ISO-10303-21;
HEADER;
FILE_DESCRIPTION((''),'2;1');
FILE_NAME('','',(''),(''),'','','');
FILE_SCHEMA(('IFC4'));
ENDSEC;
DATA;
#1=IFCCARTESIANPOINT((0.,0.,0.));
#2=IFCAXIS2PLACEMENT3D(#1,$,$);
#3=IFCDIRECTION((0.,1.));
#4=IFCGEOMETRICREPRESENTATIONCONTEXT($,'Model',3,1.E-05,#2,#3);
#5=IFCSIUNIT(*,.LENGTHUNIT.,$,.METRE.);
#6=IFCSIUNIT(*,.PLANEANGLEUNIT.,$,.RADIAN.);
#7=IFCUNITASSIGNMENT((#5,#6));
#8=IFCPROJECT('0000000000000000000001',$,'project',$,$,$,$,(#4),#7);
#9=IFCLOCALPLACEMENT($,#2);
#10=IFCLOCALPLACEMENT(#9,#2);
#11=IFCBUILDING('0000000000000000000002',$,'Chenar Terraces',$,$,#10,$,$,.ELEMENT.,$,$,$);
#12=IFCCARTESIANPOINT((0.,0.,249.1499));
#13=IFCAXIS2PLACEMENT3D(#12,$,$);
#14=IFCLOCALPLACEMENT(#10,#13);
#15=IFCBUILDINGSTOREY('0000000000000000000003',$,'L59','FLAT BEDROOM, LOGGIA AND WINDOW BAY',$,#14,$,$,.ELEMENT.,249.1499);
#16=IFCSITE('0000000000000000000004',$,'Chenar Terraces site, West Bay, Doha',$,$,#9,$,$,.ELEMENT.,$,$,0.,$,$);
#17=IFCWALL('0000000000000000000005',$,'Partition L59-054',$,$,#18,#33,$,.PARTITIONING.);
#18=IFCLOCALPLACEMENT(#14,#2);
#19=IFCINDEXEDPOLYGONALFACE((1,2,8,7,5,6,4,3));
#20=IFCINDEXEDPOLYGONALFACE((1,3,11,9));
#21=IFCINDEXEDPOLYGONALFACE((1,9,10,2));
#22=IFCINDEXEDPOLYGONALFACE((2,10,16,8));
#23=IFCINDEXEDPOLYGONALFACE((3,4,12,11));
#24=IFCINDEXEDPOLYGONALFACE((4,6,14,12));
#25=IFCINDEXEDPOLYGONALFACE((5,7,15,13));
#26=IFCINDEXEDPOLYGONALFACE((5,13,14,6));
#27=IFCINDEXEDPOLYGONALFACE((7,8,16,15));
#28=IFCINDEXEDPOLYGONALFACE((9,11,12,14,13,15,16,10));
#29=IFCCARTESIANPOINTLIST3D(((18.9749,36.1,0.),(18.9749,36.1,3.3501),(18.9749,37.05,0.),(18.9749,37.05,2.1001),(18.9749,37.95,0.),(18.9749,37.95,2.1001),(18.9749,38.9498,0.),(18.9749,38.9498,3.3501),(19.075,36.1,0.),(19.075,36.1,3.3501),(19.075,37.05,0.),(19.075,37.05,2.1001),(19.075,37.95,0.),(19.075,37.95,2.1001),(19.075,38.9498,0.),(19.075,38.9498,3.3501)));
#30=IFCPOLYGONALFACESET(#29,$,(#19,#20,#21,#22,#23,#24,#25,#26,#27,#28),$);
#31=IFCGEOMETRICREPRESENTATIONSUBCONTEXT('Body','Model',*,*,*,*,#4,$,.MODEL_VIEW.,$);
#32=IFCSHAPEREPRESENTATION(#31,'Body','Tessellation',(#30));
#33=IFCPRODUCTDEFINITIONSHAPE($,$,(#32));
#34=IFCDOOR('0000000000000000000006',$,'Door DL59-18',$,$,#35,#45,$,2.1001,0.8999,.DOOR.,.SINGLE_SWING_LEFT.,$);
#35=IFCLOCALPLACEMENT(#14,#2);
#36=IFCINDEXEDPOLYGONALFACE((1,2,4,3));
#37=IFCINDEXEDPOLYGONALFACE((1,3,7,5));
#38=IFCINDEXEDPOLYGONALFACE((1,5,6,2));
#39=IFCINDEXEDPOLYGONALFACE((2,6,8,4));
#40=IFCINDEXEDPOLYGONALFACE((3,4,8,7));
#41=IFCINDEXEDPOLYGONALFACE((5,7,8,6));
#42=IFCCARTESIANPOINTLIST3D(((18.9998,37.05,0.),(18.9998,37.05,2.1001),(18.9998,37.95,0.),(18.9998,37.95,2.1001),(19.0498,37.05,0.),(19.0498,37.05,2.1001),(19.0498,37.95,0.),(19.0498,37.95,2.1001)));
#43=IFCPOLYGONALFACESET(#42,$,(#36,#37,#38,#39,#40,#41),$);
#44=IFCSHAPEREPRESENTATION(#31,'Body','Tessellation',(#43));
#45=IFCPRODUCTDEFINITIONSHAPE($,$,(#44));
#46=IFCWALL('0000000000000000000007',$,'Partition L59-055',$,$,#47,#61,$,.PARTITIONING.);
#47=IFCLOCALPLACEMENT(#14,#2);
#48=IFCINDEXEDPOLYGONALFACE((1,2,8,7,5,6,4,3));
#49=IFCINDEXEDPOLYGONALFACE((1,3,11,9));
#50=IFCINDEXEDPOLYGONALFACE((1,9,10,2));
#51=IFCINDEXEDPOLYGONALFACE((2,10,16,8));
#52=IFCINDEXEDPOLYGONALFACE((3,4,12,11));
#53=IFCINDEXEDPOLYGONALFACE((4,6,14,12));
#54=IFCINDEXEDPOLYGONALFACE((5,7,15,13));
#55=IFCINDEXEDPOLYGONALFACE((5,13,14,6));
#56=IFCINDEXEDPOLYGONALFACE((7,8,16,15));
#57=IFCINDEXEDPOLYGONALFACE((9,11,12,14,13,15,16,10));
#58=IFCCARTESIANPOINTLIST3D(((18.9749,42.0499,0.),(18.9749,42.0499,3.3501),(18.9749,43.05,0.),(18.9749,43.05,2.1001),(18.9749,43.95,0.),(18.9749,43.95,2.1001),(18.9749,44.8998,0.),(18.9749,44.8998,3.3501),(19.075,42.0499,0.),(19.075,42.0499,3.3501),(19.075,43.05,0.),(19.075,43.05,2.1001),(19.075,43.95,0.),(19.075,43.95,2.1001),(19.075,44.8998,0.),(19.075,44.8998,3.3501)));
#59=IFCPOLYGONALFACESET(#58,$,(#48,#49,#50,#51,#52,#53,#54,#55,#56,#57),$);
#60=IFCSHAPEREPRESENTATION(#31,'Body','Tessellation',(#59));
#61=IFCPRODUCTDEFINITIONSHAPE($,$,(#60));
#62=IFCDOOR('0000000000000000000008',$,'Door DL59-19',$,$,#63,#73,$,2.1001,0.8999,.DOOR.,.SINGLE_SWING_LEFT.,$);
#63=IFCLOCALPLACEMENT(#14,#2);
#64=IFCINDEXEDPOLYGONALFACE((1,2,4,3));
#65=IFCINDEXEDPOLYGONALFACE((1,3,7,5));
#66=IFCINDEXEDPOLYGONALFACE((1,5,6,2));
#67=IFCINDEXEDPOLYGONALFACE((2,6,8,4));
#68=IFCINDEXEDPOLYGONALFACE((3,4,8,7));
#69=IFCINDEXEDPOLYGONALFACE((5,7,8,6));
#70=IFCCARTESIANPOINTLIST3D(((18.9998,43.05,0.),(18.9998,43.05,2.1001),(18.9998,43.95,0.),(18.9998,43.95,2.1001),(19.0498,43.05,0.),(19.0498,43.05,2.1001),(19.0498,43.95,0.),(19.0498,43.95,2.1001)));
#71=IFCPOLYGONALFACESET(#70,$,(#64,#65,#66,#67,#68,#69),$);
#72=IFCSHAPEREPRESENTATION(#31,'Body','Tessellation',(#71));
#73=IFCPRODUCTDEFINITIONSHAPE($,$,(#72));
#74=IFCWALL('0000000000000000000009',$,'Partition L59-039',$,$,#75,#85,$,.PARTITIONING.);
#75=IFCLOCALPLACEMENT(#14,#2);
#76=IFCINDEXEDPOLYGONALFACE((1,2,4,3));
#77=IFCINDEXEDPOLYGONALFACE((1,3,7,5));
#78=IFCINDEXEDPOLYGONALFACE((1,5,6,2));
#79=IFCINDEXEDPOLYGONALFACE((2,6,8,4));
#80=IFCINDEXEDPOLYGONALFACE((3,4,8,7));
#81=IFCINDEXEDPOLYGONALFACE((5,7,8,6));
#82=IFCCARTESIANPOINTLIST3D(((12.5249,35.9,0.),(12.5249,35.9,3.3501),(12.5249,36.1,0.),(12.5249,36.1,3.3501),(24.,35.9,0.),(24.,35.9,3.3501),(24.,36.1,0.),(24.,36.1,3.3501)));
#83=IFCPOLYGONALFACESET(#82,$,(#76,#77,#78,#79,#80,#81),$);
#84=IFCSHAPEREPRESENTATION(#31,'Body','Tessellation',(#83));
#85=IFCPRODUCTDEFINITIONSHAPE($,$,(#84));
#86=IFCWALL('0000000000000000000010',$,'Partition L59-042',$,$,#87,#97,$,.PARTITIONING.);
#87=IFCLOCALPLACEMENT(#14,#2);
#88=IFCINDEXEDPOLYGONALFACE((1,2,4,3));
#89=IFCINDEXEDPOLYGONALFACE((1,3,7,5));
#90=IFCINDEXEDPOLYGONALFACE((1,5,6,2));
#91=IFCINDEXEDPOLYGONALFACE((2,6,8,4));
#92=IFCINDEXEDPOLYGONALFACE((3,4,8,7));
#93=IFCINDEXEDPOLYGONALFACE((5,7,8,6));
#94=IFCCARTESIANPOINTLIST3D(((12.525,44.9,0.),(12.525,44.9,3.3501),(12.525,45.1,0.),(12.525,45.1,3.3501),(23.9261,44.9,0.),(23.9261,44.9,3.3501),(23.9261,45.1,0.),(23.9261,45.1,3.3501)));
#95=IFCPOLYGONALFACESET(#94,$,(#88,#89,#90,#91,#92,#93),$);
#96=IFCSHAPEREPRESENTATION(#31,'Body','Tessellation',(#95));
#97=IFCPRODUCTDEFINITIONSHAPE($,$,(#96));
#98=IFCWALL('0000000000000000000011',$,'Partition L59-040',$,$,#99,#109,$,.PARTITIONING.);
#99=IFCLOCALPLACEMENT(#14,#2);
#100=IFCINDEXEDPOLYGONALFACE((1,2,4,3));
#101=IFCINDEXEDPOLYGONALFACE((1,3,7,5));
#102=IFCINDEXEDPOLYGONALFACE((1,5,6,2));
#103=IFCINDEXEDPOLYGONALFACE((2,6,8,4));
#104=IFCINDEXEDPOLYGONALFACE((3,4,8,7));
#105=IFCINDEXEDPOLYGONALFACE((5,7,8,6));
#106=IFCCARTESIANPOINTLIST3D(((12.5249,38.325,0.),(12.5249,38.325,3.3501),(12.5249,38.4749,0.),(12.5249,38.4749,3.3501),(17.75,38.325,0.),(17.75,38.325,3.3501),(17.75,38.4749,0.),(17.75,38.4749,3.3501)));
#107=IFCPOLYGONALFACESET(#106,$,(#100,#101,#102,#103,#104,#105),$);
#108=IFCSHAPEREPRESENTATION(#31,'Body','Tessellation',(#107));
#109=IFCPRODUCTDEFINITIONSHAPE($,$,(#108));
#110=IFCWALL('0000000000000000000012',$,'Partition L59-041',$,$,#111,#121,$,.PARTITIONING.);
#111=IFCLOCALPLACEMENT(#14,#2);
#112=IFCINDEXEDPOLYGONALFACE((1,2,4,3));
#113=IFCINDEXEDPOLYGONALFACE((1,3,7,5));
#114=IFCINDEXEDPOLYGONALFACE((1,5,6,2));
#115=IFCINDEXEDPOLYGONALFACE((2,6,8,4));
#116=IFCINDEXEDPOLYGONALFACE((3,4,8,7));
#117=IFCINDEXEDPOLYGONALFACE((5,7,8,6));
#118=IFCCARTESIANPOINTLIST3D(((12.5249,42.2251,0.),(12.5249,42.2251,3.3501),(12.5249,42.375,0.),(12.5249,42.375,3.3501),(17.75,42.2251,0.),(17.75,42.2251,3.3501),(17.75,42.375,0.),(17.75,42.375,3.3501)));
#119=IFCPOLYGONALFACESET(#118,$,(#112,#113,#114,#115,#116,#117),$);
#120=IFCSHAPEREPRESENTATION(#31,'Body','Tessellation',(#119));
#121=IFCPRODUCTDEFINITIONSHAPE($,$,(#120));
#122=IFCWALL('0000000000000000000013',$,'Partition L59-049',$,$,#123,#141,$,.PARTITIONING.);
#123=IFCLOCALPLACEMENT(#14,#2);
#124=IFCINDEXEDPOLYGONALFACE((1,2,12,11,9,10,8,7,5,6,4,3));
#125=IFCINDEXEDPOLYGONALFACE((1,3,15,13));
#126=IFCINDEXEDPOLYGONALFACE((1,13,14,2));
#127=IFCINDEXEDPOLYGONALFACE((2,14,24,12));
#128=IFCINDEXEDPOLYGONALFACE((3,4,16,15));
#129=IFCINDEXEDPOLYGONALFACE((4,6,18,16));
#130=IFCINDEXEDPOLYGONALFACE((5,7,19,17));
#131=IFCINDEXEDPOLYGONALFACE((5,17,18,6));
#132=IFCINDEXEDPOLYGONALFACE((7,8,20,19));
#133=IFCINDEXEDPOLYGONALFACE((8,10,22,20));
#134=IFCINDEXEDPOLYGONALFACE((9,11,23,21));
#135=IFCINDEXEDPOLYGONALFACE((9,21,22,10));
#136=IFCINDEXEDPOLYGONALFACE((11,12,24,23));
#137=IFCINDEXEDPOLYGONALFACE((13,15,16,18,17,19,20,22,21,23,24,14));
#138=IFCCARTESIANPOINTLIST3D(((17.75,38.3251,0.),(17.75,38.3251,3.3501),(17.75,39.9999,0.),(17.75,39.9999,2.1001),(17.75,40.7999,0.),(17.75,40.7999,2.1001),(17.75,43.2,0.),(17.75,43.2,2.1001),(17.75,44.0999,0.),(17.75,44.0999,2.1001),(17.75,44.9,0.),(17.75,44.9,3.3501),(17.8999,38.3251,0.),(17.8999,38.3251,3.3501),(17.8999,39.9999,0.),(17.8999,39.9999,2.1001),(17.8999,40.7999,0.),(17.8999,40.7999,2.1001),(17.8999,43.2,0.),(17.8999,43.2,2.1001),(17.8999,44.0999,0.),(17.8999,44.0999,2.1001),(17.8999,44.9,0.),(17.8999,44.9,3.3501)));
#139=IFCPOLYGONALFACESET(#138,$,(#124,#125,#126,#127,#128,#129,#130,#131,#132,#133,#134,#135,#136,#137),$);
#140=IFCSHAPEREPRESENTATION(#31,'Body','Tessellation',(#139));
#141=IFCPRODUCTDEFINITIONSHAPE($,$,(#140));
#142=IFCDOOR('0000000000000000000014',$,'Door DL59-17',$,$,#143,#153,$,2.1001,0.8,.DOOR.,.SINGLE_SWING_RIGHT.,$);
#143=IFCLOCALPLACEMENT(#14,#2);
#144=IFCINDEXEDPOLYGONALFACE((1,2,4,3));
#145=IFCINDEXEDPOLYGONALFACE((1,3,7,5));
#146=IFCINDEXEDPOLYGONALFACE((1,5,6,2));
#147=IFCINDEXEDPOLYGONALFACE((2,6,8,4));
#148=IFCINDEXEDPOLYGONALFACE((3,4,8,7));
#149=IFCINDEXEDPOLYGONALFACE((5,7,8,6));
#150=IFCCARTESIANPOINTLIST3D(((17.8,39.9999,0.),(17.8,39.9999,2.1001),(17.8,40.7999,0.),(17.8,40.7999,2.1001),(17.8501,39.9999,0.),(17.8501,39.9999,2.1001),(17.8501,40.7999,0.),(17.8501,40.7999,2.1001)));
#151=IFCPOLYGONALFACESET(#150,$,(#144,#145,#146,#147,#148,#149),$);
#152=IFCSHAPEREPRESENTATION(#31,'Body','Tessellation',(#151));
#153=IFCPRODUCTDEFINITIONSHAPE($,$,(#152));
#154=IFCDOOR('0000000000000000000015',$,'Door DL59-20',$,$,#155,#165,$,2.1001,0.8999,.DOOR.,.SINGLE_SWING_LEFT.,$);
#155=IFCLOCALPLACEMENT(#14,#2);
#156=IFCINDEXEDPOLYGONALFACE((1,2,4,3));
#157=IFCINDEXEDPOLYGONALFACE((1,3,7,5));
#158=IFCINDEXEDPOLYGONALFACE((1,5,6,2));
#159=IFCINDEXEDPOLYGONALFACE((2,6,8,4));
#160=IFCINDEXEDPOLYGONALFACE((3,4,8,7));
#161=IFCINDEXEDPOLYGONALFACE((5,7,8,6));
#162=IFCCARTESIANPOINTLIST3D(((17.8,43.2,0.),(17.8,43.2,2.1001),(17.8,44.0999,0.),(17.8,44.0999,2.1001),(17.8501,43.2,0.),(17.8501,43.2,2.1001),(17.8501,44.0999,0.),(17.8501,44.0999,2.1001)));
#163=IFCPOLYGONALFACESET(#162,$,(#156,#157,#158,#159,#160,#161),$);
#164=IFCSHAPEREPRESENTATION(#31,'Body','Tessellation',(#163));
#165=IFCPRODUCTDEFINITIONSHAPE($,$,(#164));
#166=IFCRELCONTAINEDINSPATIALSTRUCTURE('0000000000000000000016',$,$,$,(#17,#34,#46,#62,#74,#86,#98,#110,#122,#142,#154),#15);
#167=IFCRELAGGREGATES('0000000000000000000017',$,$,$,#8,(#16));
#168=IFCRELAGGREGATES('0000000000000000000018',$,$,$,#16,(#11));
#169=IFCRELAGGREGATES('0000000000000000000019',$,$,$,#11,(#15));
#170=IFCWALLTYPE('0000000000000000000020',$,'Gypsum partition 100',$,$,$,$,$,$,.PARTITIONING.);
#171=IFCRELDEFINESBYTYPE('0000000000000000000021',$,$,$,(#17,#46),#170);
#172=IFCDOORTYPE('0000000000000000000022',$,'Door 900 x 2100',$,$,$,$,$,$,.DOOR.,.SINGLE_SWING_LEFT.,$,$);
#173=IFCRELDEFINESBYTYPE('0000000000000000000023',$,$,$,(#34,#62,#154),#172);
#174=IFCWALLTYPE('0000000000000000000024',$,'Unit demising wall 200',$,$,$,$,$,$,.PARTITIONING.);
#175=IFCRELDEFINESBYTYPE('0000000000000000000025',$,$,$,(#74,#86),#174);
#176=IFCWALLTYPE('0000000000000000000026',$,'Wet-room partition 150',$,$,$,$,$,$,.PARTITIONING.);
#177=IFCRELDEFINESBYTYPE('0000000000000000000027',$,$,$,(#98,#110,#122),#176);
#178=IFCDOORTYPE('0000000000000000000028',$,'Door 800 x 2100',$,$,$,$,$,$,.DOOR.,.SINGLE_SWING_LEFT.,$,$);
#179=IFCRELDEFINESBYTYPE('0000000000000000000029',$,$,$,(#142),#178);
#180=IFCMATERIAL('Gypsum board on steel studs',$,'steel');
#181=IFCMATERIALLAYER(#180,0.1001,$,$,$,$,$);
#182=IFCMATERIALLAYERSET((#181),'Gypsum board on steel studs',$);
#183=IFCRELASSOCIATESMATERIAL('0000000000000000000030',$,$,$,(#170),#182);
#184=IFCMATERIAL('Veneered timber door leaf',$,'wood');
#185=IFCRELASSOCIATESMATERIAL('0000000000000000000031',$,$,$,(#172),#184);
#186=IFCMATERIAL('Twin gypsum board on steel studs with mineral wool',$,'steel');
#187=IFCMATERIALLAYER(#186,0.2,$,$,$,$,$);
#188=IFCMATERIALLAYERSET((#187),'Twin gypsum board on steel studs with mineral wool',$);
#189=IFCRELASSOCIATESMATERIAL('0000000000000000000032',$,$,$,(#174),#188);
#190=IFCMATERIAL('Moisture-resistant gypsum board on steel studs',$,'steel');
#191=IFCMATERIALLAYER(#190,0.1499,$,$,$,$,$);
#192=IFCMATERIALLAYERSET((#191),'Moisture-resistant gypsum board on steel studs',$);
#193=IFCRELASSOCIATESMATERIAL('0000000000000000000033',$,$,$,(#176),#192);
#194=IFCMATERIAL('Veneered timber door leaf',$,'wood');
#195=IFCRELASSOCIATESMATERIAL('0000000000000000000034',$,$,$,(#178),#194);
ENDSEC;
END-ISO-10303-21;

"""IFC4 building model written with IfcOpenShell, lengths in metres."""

from ifc_helpers import new_model, si_unit, direction, frame, frame_2d, origin, place, context, subcontext, project, spatial, rectangle, extrude, material, layer, layer_set, type_object, element, fill, save


model = new_model("IFC4")

# Units and contexts
model_context = context("Model", 3, precision=1e-05, world=origin(), true_north=direction((0.0, 1.0)))
body_context = subcontext(model_context, "Body", "Model", "MODEL_VIEW")
ifc_project = project(units=[si_unit("LENGTHUNIT", "METRE"), si_unit("PLANEANGLEUNIT", "RADIAN")], contexts=[model_context])

# Site, building, storey
site_placement = place(None, origin())
site = spatial("IfcSite", under=ifc_project, at=site_placement, Name="Chenar Terraces site, West Bay, Doha", CompositionType="ELEMENT", RefElevation=0.0)
building_placement = place(site_placement, origin())
building = spatial("IfcBuilding", under=site, at=building_placement, Name="Chenar Terraces", CompositionType="ELEMENT")
storey_placement = place(building_placement, frame((0.0, 0.0, 249.1499)))
storey = spatial("IfcBuildingStorey", under=building, at=storey_placement, Name="L59", Description="FLAT BEDROOM, LOGGIA AND WINDOW BAY", CompositionType="ELEMENT", Elevation=249.1499)

# Shared definitions
ifc_material_1 = material(Name="Gypsum board on steel studs", Category="steel")
ifc_layer_1 = layer(ifc_material_1, 0.1001)
ifc_layer_set_1 = layer_set([ifc_layer_1], Name="Gypsum board on steel studs")
wall_type_1 = type_object("IfcWallType", Name="Gypsum partition 100", PredefinedType="PARTITIONING", material=ifc_layer_set_1)

# Walls, openings, doors
wall_1_placement = place(storey_placement, frame((19.0249, 36.1001, 0.0), z_axis=(0.0, 0.0, 1.0), x_axis=(0.0, 1.0, 0.0)))
wall_1 = element("IfcWall", 1, at=wall_1_placement, inside=storey, type_object=wall_type_1, Name="Partition L59-054", PredefinedType="PARTITIONING", context=body_context, shape_type="SweptSolid", body=[
    extrude(rectangle(XDim=2.8499, YDim=0.1001, at=frame_2d((1.4248, 0.0))), origin(), (0.0, 0.0, 1.0), 3.3501),
])
opening_1_placement = place(wall_1_placement, frame((0.95, 0.0, 0.0)))
opening_1 = element("IfcOpeningElement", 2, at=opening_1_placement, cuts=wall_1, PredefinedType="OPENING", context=body_context, shape_type="SweptSolid", body=[
    extrude(rectangle(XDim=0.8999, YDim=2.1001, at=frame_2d((0.45, 1.05))), frame((0.0, 0.0601, 0.0), z_axis=(0.0, -1.0, 0.0), x_axis=(1.0, 0.0, 0.0)), (0.0, 0.0, 1.0), 0.1201),
])
ifc_material_2 = material(Name="Veneered timber door leaf", Category="wood")
door_type_1 = type_object("IfcDoorType", Name="Door 900 x 2100", OperationType="SINGLE_SWING_LEFT", PredefinedType="DOOR", material=ifc_material_2)
door_1_placement = place(opening_1_placement, frame((0.8999, 0.0, 0.0), z_axis=(0.0, 0.0, 1.0), x_axis=(-1.0, 0.0, 0.0)))
door_1 = element("IfcDoor", 3, at=door_1_placement, inside=storey, type_object=door_type_1, Name="Door DL59-18", OperationType="SINGLE_SWING_LEFT", OverallHeight=2.1001, OverallWidth=0.8999, PredefinedType="DOOR", context=body_context, shape_type="SweptSolid", body=[
    extrude(rectangle(XDim=0.8999, YDim=2.1001, at=frame_2d((0.45, 1.05))), frame((0.0, 0.0249, 0.0), z_axis=(0.0, -1.0, 0.0), x_axis=(1.0, 0.0, 0.0)), (0.0, 0.0, 1.0), 0.05),
])
fill(opening_1, door_1)
wall_2_placement = place(storey_placement, frame((19.0249, 42.05, 0.0), z_axis=(0.0, 0.0, 1.0), x_axis=(0.0, 1.0, 0.0)))
wall_2 = element("IfcWall", 4, at=wall_2_placement, inside=storey, type_object=wall_type_1, Name="Partition L59-055", PredefinedType="PARTITIONING", context=body_context, shape_type="SweptSolid", body=[
    extrude(rectangle(XDim=2.8499, YDim=0.1001, at=frame_2d((1.4248, 0.0))), origin(), (0.0, 0.0, 1.0), 3.3501),
])
opening_2_placement = place(wall_2_placement, frame((1.0, 0.0, 0.0)))
opening_2 = element("IfcOpeningElement", 5, at=opening_2_placement, cuts=wall_2, PredefinedType="OPENING", context=body_context, shape_type="SweptSolid", body=[
    extrude(rectangle(XDim=0.8999, YDim=2.1001, at=frame_2d((0.45, 1.05))), frame((0.0, 0.0601, 0.0), z_axis=(0.0, -1.0, 0.0), x_axis=(1.0, 0.0, 0.0)), (0.0, 0.0, 1.0), 0.1201),
])
door_2_placement = place(opening_2_placement, frame((0.8999, 0.0, 0.0), z_axis=(0.0, 0.0, 1.0), x_axis=(-1.0, 0.0, 0.0)))
door_2 = element("IfcDoor", 6, at=door_2_placement, inside=storey, type_object=door_type_1, Name="Door DL59-19", OperationType="SINGLE_SWING_LEFT", OverallHeight=2.1001, OverallWidth=0.8999, PredefinedType="DOOR", context=body_context, shape_type="SweptSolid", body=[
    extrude(rectangle(XDim=0.8999, YDim=2.1001, at=frame_2d((0.45, 1.05))), frame((0.0, 0.0249, 0.0), z_axis=(0.0, -1.0, 0.0), x_axis=(1.0, 0.0, 0.0)), (0.0, 0.0, 1.0), 0.05),
])
fill(opening_2, door_2)

# Walls
ifc_material_3 = material(Name="Twin gypsum board on steel studs with mineral wool", Category="steel")
ifc_layer_2 = layer(ifc_material_3, 0.2)
ifc_layer_set_2 = layer_set([ifc_layer_2], Name="Twin gypsum board on steel studs with mineral wool")
wall_type_2 = type_object("IfcWallType", Name="Unit demising wall 200", PredefinedType="PARTITIONING", material=ifc_layer_set_2)
wall_3_placement = place(storey_placement, frame((12.5249, 36.0, 0.0), z_axis=(0.0, 0.0, 1.0), x_axis=(1.0, 0.0, 0.0)))
element("IfcWall", 7, at=wall_3_placement, inside=storey, type_object=wall_type_2, Name="Partition L59-039", PredefinedType="PARTITIONING", context=body_context, shape_type="SweptSolid", body=[
    extrude(rectangle(XDim=11.4751, YDim=0.2, at=frame_2d((5.7375, 0.0))), origin(), (0.0, 0.0, 1.0), 3.3501),
])
wall_4_placement = place(storey_placement, frame((12.5249, 45.0, 0.0), z_axis=(0.0, 0.0, 1.0), x_axis=(1.0, 0.0, 0.0)))
element("IfcWall", 8, at=wall_4_placement, inside=storey, type_object=wall_type_2, Name="Partition L59-042", PredefinedType="PARTITIONING", context=body_context, shape_type="SweptSolid", body=[
    extrude(rectangle(XDim=11.4011, YDim=0.2, at=frame_2d((5.7007, 0.0))), origin(), (0.0, 0.0, 1.0), 3.3501),
])
ifc_material_4 = material(Name="Moisture-resistant gypsum board on steel studs", Category="steel")
ifc_layer_3 = layer(ifc_material_4, 0.1499)
ifc_layer_set_3 = layer_set([ifc_layer_3], Name="Moisture-resistant gypsum board on steel studs")
wall_type_3 = type_object("IfcWallType", Name="Wet-room partition 150", PredefinedType="PARTITIONING", material=ifc_layer_set_3)
for number, where, z_axis, x_axis, name in (
    (9, (12.5249, 38.3999, 0.0), (0.0, 0.0, 1.0), (1.0, 0.0, 0.0), "Partition L59-040"),
    (10, (12.5249, 42.3, 0.0), (0.0, 0.0, 1.0), (1.0, 0.0, 0.0), "Partition L59-041"),
):
    element("IfcWall", number, at=place(storey_placement, frame(where, z_axis=z_axis, x_axis=x_axis)), inside=storey, type_object=wall_type_3, Name=name, PredefinedType="PARTITIONING", context=body_context, shape_type="SweptSolid", body=[
        extrude(rectangle(XDim=5.2251, YDim=0.1499, at=frame_2d((2.6125, 0.0))), origin(), (0.0, 0.0, 1.0), 3.3501),
    ])

# Wall, openings, doors
wall_5_placement = place(storey_placement, frame((17.825, 38.325, 0.0), z_axis=(0.0, 0.0, 1.0), x_axis=(0.0, 1.0, 0.0)))
wall_5 = element("IfcWall", 11, at=wall_5_placement, inside=storey, type_object=wall_type_3, Name="Partition L59-049", PredefinedType="PARTITIONING", context=body_context, shape_type="SweptSolid", body=[
    extrude(rectangle(XDim=6.575, YDim=0.1499, at=frame_2d((3.2876, 0.0))), origin(), (0.0, 0.0, 1.0), 3.3501),
])
opening_3_placement = place(wall_5_placement, frame((1.675, 0.0, 0.0)))
opening_3 = element("IfcOpeningElement", 12, at=opening_3_placement, cuts=wall_5, PredefinedType="OPENING", context=body_context, shape_type="SweptSolid", body=[
    extrude(rectangle(XDim=0.8, YDim=2.1001, at=frame_2d((0.3999, 1.05))), frame((0.0, 0.085, 0.0), z_axis=(0.0, -1.0, 0.0), x_axis=(1.0, 0.0, 0.0)), (0.0, 0.0, 1.0), 0.1699),
])
opening_4_placement = place(wall_5_placement, frame((4.875, 0.0, 0.0)))
opening_4 = element("IfcOpeningElement", 13, at=opening_4_placement, cuts=wall_5, PredefinedType="OPENING", context=body_context, shape_type="SweptSolid", body=[
    extrude(rectangle(XDim=0.8999, YDim=2.1001, at=frame_2d((0.45, 1.05))), frame((0.0, 0.085, 0.0), z_axis=(0.0, -1.0, 0.0), x_axis=(1.0, 0.0, 0.0)), (0.0, 0.0, 1.0), 0.1699),
])
ifc_material_5 = material(Name="Veneered timber door leaf", Category="wood")
door_type_2 = type_object("IfcDoorType", Name="Door 800 x 2100", OperationType="SINGLE_SWING_LEFT", PredefinedType="DOOR", material=ifc_material_5)
door_3_placement = place(opening_3_placement, origin())
door_3 = element("IfcDoor", 14, at=door_3_placement, inside=storey, type_object=door_type_2, Name="Door DL59-17", OperationType="SINGLE_SWING_RIGHT", OverallHeight=2.1001, OverallWidth=0.8, PredefinedType="DOOR", context=body_context, shape_type="SweptSolid", body=[
    extrude(rectangle(XDim=0.8, YDim=2.1001, at=frame_2d((0.3999, 1.05))), frame((0.0, 0.0249, 0.0), z_axis=(0.0, -1.0, 0.0), x_axis=(1.0, 0.0, 0.0)), (0.0, 0.0, 1.0), 0.05),
])
fill(opening_3, door_3)
door_4_placement = place(opening_4_placement, origin())
door_4 = element("IfcDoor", 15, at=door_4_placement, inside=storey, type_object=door_type_1, Name="Door DL59-20", OperationType="SINGLE_SWING_LEFT", OverallHeight=2.1001, OverallWidth=0.8999, PredefinedType="DOOR", context=body_context, shape_type="SweptSolid", body=[
    extrude(rectangle(XDim=0.8999, YDim=2.1001, at=frame_2d((0.45, 1.05))), frame((0.0, 0.0249, 0.0), z_axis=(0.0, -1.0, 0.0), x_axis=(1.0, 0.0, 0.0)), (0.0, 0.0, 1.0), 0.05),
])
fill(opening_4, door_4)

save(model, "model.ifc")
